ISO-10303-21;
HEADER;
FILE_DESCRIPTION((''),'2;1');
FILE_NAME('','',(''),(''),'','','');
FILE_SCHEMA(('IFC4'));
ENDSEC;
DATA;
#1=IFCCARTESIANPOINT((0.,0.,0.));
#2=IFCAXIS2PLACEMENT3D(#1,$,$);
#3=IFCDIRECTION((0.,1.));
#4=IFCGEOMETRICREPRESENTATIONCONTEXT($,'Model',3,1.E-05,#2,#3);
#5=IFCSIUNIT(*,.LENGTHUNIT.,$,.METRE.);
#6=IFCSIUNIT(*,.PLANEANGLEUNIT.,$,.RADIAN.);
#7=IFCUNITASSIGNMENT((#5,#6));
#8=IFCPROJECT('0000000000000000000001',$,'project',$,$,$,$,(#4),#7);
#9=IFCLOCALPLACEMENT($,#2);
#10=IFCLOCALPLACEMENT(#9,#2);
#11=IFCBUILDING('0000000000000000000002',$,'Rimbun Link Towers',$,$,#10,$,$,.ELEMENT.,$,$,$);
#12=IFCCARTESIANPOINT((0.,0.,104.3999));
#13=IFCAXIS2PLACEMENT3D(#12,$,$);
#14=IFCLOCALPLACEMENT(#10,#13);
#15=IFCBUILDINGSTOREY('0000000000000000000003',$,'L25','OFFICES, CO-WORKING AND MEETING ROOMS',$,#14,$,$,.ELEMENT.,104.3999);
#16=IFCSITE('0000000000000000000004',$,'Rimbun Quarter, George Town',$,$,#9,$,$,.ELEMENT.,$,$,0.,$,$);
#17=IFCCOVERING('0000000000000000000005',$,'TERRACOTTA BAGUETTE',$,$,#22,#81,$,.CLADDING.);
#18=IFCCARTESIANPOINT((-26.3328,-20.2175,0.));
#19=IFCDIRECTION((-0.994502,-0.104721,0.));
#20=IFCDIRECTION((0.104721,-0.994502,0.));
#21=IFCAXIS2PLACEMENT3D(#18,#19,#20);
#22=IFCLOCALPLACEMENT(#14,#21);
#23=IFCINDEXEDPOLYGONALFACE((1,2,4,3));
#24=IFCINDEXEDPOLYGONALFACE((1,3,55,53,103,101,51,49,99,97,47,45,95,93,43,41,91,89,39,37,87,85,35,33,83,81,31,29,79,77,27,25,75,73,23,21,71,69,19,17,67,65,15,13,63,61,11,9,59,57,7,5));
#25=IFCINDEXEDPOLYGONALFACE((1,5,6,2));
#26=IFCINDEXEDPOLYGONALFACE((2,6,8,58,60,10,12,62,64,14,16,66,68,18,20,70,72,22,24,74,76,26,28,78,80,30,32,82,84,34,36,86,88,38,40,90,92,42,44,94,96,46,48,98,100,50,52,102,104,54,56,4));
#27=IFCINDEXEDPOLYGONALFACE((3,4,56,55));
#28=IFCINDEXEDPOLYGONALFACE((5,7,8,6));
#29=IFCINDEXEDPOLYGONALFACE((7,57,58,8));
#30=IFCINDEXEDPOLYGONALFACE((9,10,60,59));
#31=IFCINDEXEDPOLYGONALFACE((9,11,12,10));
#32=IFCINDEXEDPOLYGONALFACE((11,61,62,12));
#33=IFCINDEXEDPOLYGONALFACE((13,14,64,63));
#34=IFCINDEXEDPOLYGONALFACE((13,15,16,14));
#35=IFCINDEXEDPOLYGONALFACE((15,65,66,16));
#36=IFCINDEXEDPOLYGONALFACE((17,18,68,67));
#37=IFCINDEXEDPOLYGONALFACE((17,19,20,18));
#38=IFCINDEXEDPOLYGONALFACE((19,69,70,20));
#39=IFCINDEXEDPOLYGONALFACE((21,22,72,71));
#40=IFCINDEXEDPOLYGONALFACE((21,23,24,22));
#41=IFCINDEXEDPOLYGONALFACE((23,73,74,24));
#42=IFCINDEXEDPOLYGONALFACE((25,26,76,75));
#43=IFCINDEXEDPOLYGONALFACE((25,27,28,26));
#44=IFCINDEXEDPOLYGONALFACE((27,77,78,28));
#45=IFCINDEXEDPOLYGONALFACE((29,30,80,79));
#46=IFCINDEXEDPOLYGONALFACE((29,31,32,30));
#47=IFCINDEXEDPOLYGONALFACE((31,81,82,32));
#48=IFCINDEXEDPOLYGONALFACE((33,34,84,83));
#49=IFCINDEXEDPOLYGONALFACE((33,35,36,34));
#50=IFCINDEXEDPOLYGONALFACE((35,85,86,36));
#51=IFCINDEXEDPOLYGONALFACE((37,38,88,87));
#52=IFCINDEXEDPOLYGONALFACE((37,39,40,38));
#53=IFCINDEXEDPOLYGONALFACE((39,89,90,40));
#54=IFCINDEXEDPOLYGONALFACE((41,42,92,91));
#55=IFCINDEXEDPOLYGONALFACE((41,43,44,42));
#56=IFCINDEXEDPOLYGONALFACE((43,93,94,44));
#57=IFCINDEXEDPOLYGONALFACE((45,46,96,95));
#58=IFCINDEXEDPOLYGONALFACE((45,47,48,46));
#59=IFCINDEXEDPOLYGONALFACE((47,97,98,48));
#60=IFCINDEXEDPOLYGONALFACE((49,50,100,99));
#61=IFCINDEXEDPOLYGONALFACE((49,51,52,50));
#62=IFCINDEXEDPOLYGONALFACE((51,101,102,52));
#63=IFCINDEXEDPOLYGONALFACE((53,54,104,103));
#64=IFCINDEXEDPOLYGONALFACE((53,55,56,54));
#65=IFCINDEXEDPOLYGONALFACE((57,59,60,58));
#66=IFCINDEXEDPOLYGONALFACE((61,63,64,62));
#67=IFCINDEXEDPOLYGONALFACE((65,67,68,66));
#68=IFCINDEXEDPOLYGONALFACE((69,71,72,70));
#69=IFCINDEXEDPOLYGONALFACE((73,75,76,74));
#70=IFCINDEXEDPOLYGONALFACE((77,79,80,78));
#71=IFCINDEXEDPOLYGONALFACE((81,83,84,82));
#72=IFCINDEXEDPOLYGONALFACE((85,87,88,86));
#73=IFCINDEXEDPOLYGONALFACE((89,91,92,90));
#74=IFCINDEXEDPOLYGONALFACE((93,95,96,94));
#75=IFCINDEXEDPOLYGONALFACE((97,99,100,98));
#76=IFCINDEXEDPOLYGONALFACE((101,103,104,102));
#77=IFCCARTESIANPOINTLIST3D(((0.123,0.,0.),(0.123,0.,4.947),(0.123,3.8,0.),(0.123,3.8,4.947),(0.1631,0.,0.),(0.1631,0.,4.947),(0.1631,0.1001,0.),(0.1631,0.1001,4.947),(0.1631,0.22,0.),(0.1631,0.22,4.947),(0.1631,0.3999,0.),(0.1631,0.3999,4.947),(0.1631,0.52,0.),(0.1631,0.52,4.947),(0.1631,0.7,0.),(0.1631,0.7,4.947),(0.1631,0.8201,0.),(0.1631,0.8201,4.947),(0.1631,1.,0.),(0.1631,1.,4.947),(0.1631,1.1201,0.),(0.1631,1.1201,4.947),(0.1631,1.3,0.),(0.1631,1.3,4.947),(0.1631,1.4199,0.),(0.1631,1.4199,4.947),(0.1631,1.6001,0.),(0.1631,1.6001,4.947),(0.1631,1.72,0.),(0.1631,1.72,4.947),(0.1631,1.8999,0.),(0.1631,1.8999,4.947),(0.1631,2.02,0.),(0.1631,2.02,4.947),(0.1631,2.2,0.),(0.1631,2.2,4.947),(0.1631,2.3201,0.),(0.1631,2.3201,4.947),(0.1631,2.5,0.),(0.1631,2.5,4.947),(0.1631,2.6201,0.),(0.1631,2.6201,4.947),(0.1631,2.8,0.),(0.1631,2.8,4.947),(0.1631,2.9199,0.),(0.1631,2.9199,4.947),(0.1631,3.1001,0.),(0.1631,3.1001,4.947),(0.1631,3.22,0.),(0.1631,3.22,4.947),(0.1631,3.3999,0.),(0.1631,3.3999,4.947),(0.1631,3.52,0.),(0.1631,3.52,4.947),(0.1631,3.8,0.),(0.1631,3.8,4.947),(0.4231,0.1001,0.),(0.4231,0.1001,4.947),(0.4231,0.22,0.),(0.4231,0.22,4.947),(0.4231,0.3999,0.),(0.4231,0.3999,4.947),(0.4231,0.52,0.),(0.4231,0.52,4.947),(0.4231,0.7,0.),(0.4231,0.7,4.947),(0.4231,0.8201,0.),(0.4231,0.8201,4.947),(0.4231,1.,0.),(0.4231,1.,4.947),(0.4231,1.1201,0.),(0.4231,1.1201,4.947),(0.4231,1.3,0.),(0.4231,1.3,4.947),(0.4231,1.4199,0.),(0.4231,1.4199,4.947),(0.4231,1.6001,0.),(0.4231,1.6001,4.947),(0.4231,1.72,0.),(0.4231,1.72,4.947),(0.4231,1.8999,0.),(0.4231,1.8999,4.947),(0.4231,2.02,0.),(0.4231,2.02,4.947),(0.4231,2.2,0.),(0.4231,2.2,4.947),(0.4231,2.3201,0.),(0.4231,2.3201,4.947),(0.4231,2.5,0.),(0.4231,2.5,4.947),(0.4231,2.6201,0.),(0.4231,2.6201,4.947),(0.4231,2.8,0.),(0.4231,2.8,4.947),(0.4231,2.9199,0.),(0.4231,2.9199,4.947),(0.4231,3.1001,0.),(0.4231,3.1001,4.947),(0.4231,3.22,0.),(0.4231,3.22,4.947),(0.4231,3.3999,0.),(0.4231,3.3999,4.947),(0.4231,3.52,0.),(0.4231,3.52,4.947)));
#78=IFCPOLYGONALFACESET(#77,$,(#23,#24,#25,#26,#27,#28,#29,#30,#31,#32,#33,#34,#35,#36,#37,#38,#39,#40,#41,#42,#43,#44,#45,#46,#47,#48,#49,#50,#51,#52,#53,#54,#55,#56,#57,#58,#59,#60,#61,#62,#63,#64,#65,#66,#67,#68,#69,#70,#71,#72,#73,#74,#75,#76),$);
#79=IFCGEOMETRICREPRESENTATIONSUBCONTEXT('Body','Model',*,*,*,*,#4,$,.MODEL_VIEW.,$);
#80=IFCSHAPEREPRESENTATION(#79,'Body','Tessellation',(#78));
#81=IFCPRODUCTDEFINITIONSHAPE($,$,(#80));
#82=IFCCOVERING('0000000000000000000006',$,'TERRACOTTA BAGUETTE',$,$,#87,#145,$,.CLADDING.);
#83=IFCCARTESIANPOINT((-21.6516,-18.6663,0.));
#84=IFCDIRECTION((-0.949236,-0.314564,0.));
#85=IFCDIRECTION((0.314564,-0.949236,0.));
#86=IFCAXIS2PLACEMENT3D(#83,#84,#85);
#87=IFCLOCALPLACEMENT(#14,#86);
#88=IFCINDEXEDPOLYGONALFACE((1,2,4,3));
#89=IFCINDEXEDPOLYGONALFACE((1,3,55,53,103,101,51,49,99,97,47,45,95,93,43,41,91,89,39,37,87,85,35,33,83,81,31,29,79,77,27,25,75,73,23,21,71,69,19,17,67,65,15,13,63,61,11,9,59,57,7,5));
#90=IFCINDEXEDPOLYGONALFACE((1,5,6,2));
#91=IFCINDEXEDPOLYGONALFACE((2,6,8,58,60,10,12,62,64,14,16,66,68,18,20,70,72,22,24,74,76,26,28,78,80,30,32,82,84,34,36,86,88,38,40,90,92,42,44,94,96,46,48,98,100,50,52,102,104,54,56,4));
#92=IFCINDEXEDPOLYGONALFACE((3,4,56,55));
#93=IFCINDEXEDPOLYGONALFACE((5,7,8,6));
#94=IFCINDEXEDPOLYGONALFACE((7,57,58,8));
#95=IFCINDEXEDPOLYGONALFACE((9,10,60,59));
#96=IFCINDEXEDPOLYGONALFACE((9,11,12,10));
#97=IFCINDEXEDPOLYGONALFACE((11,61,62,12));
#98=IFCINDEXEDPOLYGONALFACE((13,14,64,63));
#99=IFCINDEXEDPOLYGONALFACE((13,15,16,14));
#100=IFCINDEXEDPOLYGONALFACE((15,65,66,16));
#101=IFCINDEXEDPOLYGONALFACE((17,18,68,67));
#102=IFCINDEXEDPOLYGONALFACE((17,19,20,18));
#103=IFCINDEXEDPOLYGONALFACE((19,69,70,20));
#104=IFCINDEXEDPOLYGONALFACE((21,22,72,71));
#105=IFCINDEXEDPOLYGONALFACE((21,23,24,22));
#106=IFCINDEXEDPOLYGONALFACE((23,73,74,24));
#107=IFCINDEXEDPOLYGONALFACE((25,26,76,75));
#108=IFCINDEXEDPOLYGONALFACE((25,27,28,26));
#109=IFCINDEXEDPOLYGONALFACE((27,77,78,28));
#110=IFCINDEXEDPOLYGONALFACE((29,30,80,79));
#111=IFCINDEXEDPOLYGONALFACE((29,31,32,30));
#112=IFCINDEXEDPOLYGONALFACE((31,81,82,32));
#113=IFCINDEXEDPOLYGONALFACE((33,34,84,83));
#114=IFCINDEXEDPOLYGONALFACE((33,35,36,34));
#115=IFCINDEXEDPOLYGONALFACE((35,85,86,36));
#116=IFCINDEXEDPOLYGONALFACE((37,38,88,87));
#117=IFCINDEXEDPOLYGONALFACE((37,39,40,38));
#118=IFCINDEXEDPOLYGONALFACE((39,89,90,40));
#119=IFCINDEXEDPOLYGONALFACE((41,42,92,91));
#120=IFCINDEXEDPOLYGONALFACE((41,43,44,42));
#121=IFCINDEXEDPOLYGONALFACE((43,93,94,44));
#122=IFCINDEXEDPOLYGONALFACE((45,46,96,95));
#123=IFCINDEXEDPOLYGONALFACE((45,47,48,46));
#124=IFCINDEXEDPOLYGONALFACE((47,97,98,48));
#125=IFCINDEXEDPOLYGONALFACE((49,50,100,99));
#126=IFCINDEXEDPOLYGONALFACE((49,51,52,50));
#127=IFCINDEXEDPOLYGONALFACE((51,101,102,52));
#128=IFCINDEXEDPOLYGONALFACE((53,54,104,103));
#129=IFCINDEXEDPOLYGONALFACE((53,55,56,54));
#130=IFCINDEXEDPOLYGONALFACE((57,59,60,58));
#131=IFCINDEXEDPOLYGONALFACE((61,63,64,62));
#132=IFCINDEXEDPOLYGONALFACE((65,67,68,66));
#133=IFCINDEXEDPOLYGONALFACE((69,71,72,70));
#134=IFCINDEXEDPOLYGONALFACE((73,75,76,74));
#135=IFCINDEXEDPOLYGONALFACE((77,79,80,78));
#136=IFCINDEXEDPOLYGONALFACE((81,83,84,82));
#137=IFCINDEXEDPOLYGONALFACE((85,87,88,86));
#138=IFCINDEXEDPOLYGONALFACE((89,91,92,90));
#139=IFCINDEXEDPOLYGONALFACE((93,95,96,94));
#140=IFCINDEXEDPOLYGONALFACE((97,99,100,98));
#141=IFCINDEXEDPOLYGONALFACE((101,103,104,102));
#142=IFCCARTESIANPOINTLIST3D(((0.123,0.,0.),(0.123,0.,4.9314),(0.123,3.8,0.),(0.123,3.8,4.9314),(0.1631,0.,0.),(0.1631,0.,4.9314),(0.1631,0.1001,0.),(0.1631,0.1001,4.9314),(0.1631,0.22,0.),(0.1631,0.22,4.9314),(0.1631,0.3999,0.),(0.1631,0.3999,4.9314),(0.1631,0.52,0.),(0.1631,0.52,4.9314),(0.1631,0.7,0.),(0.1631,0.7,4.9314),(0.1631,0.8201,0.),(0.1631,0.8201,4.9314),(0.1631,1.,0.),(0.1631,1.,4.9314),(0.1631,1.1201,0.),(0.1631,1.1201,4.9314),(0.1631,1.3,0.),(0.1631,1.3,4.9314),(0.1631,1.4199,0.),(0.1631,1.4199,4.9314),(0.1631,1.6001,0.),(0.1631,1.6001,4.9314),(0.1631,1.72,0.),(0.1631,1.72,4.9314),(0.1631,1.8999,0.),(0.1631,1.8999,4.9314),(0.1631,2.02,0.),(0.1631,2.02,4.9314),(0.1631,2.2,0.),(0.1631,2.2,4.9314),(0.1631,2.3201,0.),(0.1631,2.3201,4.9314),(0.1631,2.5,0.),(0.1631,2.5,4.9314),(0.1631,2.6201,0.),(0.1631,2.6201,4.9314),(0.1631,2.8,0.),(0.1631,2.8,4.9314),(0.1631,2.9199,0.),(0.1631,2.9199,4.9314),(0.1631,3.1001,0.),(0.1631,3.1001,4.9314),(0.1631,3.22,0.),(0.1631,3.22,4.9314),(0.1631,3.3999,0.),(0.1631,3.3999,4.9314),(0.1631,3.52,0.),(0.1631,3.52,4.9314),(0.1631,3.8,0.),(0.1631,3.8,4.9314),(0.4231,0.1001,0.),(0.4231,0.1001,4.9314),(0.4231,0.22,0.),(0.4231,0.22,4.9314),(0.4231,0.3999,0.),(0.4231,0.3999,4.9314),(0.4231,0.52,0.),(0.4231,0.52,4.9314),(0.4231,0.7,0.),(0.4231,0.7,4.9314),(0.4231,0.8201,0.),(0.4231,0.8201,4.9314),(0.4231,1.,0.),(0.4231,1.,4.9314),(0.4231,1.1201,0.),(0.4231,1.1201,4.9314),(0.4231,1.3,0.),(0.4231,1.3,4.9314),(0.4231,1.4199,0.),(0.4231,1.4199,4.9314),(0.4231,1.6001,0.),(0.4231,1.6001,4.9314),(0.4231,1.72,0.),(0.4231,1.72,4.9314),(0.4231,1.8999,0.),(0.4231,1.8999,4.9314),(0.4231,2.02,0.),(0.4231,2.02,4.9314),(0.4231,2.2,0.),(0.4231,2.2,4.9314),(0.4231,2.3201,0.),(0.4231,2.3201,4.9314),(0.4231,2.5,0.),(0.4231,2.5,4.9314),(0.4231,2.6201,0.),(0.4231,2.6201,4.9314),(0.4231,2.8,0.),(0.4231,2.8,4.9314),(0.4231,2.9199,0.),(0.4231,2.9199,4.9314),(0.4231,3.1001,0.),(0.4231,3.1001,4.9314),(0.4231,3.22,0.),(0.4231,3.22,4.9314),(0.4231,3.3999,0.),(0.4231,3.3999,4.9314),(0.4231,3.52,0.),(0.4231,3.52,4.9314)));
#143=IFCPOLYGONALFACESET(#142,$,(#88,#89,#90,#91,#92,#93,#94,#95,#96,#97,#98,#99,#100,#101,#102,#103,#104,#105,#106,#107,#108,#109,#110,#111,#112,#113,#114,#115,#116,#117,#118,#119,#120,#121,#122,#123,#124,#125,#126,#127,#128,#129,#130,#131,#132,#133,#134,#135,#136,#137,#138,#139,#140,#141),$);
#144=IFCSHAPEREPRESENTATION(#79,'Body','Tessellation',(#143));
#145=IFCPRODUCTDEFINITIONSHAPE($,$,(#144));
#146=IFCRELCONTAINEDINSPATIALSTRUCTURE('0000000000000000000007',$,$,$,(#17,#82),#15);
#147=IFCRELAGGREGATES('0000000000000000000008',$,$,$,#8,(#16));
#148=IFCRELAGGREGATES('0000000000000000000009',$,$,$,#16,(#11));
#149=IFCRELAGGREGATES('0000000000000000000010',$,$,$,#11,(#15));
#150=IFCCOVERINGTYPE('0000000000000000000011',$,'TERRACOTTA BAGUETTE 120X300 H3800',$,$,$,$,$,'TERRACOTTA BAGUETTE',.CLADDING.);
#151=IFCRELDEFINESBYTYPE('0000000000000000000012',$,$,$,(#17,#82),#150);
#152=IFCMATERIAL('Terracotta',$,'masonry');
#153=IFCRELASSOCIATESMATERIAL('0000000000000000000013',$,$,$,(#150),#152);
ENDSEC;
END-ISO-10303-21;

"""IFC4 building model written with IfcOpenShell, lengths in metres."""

from ifc_helpers import new_model, si_unit, direction, frame, origin, place, context, subcontext, project, spatial, polyline, outline, extrude, material, material_profile, profile_set, type_object, element, save


model = new_model("IFC4")

# Units and contexts
model_context = context("Model", 3, precision=1e-05, world=origin(), true_north=direction((0.0, 1.0)))
body_context = subcontext(model_context, "Body", "Model", "MODEL_VIEW")
ifc_project = project(units=[si_unit("LENGTHUNIT", "METRE"), si_unit("PLANEANGLEUNIT", "RADIAN")], contexts=[model_context])

# Site, building, storey
site_placement = place(None, origin())
site = spatial("IfcSite", under=ifc_project, at=site_placement, Name="Rimbun Quarter, George Town", CompositionType="ELEMENT", RefElevation=0.0)
building_placement = place(site_placement, origin())
building = spatial("IfcBuilding", under=site, at=building_placement, Name="Rimbun Link Towers", CompositionType="ELEMENT")
storey_placement = place(building_placement, frame((0.0, 0.0, 104.3999)))
storey = spatial("IfcBuildingStorey", under=building, at=storey_placement, Name="L25", Description="OFFICES, CO-WORKING AND MEETING ROOMS", CompositionType="ELEMENT", Elevation=104.3999)

# Coverings
ifc_material_1 = material(Name="Terracotta", Category="masonry")
ifc_material_profile_1 = material_profile(ifc_material_1, outline(polyline([(0.123, 0.0), (0.1631, 0.0), (0.1631, 0.1001), (0.4231, 0.1001), (0.4231, 0.22), (0.1631, 0.22), (0.1631, 0.3999), (0.4231, 0.3999), (0.4231, 0.52), (0.1631, 0.52), (0.1631, 0.7), (0.4231, 0.7), (0.4231, 0.8201), (0.1631, 0.8201), (0.1631, 1.0), (0.4231, 1.0), (0.4231, 1.1201), (0.1631, 1.1201), (0.1631, 1.3), (0.4231, 1.3), (0.4231, 1.4199), (0.1631, 1.4199), (0.1631, 1.6001), (0.4231, 1.6001), (0.4231, 1.72), (0.1631, 1.72), (0.1631, 1.8999), (0.4231, 1.8999), (0.4231, 2.02), (0.1631, 2.02), (0.1631, 2.2), (0.4231, 2.2), (0.4231, 2.3201), (0.1631, 2.3201), (0.1631, 2.5), (0.4231, 2.5), (0.4231, 2.6201), (0.1631, 2.6201), (0.1631, 2.8), (0.4231, 2.8), (0.4231, 2.9199), (0.1631, 2.9199), (0.1631, 3.1001), (0.4231, 3.1001), (0.4231, 3.22), (0.1631, 3.22), (0.1631, 3.3999), (0.4231, 3.3999), (0.4231, 3.52), (0.1631, 3.52), (0.1631, 3.8), (0.123, 3.8), (0.123, 0.0)])), Name="BAGUETTE 120X300")
ifc_profile_set_1 = profile_set([ifc_material_profile_1], Name="Terracotta")
covering_type = type_object("IfcCoveringType", Name="TERRACOTTA BAGUETTE 120X300 H3800", ElementType="TERRACOTTA BAGUETTE", PredefinedType="CLADDING", material=ifc_profile_set_1)
covering_1_placement = place(storey_placement, frame((-26.3328, -20.2175, 0.0), z_axis=(-0.994502, -0.104721, 0.0), x_axis=(0.104721, -0.994502, 0.0)))
element("IfcCovering", 1, at=covering_1_placement, inside=storey, type_object=covering_type, Name="TERRACOTTA BAGUETTE", PredefinedType="CLADDING", context=body_context, shape_type="SweptSolid", body=[
    extrude(outline(polyline([(0.123, 0.0), (0.1631, 0.0), (0.1631, 0.1001), (0.4231, 0.1001), (0.4231, 0.22), (0.1631, 0.22), (0.1631, 0.3999), (0.4231, 0.3999), (0.4231, 0.52), (0.1631, 0.52), (0.1631, 0.7), (0.4231, 0.7), (0.4231, 0.8201), (0.1631, 0.8201), (0.1631, 1.0), (0.4231, 1.0), (0.4231, 1.1201), (0.1631, 1.1201), (0.1631, 1.3), (0.4231, 1.3), (0.4231, 1.4199), (0.1631, 1.4199), (0.1631, 1.6001), (0.4231, 1.6001), (0.4231, 1.72), (0.1631, 1.72), (0.1631, 1.8999), (0.4231, 1.8999), (0.4231, 2.02), (0.1631, 2.02), (0.1631, 2.2), (0.4231, 2.2), (0.4231, 2.3201), (0.1631, 2.3201), (0.1631, 2.5), (0.4231, 2.5), (0.4231, 2.6201), (0.1631, 2.6201), (0.1631, 2.8), (0.4231, 2.8), (0.4231, 2.9199), (0.1631, 2.9199), (0.1631, 3.1001), (0.4231, 3.1001), (0.4231, 3.22), (0.1631, 3.22), (0.1631, 3.3999), (0.4231, 3.3999), (0.4231, 3.52), (0.1631, 3.52), (0.1631, 3.8), (0.123, 3.8), (0.123, 0.0)])), origin(), (0.0, 0.0, 1.0), 4.947),
])
covering_2_placement = place(storey_placement, frame((-21.6516, -18.6663, 0.0), z_axis=(-0.949236, -0.314564, 0.0), x_axis=(0.314564, -0.949236, 0.0)))
element("IfcCovering", 2, at=covering_2_placement, inside=storey, type_object=covering_type, Name="TERRACOTTA BAGUETTE", PredefinedType="CLADDING", context=body_context, shape_type="SweptSolid", body=[
    extrude(outline(polyline([(0.123, 0.0), (0.1631, 0.0), (0.1631, 0.1001), (0.4231, 0.1001), (0.4231, 0.22), (0.1631, 0.22), (0.1631, 0.3999), (0.4231, 0.3999), (0.4231, 0.52), (0.1631, 0.52), (0.1631, 0.7), (0.4231, 0.7), (0.4231, 0.8201), (0.1631, 0.8201), (0.1631, 1.0), (0.4231, 1.0), (0.4231, 1.1201), (0.1631, 1.1201), (0.1631, 1.3), (0.4231, 1.3), (0.4231, 1.4199), (0.1631, 1.4199), (0.1631, 1.6001), (0.4231, 1.6001), (0.4231, 1.72), (0.1631, 1.72), (0.1631, 1.8999), (0.4231, 1.8999), (0.4231, 2.02), (0.1631, 2.02), (0.1631, 2.2), (0.4231, 2.2), (0.4231, 2.3201), (0.1631, 2.3201), (0.1631, 2.5), (0.4231, 2.5), (0.4231, 2.6201), (0.1631, 2.6201), (0.1631, 2.8), (0.4231, 2.8), (0.4231, 2.9199), (0.1631, 2.9199), (0.1631, 3.1001), (0.4231, 3.1001), (0.4231, 3.22), (0.1631, 3.22), (0.1631, 3.3999), (0.4231, 3.3999), (0.4231, 3.52), (0.1631, 3.52), (0.1631, 3.8), (0.123, 3.8), (0.123, 0.0)])), origin(), (0.0, 0.0, 1.0), 4.9314),
])

save(model, "model.ifc")
